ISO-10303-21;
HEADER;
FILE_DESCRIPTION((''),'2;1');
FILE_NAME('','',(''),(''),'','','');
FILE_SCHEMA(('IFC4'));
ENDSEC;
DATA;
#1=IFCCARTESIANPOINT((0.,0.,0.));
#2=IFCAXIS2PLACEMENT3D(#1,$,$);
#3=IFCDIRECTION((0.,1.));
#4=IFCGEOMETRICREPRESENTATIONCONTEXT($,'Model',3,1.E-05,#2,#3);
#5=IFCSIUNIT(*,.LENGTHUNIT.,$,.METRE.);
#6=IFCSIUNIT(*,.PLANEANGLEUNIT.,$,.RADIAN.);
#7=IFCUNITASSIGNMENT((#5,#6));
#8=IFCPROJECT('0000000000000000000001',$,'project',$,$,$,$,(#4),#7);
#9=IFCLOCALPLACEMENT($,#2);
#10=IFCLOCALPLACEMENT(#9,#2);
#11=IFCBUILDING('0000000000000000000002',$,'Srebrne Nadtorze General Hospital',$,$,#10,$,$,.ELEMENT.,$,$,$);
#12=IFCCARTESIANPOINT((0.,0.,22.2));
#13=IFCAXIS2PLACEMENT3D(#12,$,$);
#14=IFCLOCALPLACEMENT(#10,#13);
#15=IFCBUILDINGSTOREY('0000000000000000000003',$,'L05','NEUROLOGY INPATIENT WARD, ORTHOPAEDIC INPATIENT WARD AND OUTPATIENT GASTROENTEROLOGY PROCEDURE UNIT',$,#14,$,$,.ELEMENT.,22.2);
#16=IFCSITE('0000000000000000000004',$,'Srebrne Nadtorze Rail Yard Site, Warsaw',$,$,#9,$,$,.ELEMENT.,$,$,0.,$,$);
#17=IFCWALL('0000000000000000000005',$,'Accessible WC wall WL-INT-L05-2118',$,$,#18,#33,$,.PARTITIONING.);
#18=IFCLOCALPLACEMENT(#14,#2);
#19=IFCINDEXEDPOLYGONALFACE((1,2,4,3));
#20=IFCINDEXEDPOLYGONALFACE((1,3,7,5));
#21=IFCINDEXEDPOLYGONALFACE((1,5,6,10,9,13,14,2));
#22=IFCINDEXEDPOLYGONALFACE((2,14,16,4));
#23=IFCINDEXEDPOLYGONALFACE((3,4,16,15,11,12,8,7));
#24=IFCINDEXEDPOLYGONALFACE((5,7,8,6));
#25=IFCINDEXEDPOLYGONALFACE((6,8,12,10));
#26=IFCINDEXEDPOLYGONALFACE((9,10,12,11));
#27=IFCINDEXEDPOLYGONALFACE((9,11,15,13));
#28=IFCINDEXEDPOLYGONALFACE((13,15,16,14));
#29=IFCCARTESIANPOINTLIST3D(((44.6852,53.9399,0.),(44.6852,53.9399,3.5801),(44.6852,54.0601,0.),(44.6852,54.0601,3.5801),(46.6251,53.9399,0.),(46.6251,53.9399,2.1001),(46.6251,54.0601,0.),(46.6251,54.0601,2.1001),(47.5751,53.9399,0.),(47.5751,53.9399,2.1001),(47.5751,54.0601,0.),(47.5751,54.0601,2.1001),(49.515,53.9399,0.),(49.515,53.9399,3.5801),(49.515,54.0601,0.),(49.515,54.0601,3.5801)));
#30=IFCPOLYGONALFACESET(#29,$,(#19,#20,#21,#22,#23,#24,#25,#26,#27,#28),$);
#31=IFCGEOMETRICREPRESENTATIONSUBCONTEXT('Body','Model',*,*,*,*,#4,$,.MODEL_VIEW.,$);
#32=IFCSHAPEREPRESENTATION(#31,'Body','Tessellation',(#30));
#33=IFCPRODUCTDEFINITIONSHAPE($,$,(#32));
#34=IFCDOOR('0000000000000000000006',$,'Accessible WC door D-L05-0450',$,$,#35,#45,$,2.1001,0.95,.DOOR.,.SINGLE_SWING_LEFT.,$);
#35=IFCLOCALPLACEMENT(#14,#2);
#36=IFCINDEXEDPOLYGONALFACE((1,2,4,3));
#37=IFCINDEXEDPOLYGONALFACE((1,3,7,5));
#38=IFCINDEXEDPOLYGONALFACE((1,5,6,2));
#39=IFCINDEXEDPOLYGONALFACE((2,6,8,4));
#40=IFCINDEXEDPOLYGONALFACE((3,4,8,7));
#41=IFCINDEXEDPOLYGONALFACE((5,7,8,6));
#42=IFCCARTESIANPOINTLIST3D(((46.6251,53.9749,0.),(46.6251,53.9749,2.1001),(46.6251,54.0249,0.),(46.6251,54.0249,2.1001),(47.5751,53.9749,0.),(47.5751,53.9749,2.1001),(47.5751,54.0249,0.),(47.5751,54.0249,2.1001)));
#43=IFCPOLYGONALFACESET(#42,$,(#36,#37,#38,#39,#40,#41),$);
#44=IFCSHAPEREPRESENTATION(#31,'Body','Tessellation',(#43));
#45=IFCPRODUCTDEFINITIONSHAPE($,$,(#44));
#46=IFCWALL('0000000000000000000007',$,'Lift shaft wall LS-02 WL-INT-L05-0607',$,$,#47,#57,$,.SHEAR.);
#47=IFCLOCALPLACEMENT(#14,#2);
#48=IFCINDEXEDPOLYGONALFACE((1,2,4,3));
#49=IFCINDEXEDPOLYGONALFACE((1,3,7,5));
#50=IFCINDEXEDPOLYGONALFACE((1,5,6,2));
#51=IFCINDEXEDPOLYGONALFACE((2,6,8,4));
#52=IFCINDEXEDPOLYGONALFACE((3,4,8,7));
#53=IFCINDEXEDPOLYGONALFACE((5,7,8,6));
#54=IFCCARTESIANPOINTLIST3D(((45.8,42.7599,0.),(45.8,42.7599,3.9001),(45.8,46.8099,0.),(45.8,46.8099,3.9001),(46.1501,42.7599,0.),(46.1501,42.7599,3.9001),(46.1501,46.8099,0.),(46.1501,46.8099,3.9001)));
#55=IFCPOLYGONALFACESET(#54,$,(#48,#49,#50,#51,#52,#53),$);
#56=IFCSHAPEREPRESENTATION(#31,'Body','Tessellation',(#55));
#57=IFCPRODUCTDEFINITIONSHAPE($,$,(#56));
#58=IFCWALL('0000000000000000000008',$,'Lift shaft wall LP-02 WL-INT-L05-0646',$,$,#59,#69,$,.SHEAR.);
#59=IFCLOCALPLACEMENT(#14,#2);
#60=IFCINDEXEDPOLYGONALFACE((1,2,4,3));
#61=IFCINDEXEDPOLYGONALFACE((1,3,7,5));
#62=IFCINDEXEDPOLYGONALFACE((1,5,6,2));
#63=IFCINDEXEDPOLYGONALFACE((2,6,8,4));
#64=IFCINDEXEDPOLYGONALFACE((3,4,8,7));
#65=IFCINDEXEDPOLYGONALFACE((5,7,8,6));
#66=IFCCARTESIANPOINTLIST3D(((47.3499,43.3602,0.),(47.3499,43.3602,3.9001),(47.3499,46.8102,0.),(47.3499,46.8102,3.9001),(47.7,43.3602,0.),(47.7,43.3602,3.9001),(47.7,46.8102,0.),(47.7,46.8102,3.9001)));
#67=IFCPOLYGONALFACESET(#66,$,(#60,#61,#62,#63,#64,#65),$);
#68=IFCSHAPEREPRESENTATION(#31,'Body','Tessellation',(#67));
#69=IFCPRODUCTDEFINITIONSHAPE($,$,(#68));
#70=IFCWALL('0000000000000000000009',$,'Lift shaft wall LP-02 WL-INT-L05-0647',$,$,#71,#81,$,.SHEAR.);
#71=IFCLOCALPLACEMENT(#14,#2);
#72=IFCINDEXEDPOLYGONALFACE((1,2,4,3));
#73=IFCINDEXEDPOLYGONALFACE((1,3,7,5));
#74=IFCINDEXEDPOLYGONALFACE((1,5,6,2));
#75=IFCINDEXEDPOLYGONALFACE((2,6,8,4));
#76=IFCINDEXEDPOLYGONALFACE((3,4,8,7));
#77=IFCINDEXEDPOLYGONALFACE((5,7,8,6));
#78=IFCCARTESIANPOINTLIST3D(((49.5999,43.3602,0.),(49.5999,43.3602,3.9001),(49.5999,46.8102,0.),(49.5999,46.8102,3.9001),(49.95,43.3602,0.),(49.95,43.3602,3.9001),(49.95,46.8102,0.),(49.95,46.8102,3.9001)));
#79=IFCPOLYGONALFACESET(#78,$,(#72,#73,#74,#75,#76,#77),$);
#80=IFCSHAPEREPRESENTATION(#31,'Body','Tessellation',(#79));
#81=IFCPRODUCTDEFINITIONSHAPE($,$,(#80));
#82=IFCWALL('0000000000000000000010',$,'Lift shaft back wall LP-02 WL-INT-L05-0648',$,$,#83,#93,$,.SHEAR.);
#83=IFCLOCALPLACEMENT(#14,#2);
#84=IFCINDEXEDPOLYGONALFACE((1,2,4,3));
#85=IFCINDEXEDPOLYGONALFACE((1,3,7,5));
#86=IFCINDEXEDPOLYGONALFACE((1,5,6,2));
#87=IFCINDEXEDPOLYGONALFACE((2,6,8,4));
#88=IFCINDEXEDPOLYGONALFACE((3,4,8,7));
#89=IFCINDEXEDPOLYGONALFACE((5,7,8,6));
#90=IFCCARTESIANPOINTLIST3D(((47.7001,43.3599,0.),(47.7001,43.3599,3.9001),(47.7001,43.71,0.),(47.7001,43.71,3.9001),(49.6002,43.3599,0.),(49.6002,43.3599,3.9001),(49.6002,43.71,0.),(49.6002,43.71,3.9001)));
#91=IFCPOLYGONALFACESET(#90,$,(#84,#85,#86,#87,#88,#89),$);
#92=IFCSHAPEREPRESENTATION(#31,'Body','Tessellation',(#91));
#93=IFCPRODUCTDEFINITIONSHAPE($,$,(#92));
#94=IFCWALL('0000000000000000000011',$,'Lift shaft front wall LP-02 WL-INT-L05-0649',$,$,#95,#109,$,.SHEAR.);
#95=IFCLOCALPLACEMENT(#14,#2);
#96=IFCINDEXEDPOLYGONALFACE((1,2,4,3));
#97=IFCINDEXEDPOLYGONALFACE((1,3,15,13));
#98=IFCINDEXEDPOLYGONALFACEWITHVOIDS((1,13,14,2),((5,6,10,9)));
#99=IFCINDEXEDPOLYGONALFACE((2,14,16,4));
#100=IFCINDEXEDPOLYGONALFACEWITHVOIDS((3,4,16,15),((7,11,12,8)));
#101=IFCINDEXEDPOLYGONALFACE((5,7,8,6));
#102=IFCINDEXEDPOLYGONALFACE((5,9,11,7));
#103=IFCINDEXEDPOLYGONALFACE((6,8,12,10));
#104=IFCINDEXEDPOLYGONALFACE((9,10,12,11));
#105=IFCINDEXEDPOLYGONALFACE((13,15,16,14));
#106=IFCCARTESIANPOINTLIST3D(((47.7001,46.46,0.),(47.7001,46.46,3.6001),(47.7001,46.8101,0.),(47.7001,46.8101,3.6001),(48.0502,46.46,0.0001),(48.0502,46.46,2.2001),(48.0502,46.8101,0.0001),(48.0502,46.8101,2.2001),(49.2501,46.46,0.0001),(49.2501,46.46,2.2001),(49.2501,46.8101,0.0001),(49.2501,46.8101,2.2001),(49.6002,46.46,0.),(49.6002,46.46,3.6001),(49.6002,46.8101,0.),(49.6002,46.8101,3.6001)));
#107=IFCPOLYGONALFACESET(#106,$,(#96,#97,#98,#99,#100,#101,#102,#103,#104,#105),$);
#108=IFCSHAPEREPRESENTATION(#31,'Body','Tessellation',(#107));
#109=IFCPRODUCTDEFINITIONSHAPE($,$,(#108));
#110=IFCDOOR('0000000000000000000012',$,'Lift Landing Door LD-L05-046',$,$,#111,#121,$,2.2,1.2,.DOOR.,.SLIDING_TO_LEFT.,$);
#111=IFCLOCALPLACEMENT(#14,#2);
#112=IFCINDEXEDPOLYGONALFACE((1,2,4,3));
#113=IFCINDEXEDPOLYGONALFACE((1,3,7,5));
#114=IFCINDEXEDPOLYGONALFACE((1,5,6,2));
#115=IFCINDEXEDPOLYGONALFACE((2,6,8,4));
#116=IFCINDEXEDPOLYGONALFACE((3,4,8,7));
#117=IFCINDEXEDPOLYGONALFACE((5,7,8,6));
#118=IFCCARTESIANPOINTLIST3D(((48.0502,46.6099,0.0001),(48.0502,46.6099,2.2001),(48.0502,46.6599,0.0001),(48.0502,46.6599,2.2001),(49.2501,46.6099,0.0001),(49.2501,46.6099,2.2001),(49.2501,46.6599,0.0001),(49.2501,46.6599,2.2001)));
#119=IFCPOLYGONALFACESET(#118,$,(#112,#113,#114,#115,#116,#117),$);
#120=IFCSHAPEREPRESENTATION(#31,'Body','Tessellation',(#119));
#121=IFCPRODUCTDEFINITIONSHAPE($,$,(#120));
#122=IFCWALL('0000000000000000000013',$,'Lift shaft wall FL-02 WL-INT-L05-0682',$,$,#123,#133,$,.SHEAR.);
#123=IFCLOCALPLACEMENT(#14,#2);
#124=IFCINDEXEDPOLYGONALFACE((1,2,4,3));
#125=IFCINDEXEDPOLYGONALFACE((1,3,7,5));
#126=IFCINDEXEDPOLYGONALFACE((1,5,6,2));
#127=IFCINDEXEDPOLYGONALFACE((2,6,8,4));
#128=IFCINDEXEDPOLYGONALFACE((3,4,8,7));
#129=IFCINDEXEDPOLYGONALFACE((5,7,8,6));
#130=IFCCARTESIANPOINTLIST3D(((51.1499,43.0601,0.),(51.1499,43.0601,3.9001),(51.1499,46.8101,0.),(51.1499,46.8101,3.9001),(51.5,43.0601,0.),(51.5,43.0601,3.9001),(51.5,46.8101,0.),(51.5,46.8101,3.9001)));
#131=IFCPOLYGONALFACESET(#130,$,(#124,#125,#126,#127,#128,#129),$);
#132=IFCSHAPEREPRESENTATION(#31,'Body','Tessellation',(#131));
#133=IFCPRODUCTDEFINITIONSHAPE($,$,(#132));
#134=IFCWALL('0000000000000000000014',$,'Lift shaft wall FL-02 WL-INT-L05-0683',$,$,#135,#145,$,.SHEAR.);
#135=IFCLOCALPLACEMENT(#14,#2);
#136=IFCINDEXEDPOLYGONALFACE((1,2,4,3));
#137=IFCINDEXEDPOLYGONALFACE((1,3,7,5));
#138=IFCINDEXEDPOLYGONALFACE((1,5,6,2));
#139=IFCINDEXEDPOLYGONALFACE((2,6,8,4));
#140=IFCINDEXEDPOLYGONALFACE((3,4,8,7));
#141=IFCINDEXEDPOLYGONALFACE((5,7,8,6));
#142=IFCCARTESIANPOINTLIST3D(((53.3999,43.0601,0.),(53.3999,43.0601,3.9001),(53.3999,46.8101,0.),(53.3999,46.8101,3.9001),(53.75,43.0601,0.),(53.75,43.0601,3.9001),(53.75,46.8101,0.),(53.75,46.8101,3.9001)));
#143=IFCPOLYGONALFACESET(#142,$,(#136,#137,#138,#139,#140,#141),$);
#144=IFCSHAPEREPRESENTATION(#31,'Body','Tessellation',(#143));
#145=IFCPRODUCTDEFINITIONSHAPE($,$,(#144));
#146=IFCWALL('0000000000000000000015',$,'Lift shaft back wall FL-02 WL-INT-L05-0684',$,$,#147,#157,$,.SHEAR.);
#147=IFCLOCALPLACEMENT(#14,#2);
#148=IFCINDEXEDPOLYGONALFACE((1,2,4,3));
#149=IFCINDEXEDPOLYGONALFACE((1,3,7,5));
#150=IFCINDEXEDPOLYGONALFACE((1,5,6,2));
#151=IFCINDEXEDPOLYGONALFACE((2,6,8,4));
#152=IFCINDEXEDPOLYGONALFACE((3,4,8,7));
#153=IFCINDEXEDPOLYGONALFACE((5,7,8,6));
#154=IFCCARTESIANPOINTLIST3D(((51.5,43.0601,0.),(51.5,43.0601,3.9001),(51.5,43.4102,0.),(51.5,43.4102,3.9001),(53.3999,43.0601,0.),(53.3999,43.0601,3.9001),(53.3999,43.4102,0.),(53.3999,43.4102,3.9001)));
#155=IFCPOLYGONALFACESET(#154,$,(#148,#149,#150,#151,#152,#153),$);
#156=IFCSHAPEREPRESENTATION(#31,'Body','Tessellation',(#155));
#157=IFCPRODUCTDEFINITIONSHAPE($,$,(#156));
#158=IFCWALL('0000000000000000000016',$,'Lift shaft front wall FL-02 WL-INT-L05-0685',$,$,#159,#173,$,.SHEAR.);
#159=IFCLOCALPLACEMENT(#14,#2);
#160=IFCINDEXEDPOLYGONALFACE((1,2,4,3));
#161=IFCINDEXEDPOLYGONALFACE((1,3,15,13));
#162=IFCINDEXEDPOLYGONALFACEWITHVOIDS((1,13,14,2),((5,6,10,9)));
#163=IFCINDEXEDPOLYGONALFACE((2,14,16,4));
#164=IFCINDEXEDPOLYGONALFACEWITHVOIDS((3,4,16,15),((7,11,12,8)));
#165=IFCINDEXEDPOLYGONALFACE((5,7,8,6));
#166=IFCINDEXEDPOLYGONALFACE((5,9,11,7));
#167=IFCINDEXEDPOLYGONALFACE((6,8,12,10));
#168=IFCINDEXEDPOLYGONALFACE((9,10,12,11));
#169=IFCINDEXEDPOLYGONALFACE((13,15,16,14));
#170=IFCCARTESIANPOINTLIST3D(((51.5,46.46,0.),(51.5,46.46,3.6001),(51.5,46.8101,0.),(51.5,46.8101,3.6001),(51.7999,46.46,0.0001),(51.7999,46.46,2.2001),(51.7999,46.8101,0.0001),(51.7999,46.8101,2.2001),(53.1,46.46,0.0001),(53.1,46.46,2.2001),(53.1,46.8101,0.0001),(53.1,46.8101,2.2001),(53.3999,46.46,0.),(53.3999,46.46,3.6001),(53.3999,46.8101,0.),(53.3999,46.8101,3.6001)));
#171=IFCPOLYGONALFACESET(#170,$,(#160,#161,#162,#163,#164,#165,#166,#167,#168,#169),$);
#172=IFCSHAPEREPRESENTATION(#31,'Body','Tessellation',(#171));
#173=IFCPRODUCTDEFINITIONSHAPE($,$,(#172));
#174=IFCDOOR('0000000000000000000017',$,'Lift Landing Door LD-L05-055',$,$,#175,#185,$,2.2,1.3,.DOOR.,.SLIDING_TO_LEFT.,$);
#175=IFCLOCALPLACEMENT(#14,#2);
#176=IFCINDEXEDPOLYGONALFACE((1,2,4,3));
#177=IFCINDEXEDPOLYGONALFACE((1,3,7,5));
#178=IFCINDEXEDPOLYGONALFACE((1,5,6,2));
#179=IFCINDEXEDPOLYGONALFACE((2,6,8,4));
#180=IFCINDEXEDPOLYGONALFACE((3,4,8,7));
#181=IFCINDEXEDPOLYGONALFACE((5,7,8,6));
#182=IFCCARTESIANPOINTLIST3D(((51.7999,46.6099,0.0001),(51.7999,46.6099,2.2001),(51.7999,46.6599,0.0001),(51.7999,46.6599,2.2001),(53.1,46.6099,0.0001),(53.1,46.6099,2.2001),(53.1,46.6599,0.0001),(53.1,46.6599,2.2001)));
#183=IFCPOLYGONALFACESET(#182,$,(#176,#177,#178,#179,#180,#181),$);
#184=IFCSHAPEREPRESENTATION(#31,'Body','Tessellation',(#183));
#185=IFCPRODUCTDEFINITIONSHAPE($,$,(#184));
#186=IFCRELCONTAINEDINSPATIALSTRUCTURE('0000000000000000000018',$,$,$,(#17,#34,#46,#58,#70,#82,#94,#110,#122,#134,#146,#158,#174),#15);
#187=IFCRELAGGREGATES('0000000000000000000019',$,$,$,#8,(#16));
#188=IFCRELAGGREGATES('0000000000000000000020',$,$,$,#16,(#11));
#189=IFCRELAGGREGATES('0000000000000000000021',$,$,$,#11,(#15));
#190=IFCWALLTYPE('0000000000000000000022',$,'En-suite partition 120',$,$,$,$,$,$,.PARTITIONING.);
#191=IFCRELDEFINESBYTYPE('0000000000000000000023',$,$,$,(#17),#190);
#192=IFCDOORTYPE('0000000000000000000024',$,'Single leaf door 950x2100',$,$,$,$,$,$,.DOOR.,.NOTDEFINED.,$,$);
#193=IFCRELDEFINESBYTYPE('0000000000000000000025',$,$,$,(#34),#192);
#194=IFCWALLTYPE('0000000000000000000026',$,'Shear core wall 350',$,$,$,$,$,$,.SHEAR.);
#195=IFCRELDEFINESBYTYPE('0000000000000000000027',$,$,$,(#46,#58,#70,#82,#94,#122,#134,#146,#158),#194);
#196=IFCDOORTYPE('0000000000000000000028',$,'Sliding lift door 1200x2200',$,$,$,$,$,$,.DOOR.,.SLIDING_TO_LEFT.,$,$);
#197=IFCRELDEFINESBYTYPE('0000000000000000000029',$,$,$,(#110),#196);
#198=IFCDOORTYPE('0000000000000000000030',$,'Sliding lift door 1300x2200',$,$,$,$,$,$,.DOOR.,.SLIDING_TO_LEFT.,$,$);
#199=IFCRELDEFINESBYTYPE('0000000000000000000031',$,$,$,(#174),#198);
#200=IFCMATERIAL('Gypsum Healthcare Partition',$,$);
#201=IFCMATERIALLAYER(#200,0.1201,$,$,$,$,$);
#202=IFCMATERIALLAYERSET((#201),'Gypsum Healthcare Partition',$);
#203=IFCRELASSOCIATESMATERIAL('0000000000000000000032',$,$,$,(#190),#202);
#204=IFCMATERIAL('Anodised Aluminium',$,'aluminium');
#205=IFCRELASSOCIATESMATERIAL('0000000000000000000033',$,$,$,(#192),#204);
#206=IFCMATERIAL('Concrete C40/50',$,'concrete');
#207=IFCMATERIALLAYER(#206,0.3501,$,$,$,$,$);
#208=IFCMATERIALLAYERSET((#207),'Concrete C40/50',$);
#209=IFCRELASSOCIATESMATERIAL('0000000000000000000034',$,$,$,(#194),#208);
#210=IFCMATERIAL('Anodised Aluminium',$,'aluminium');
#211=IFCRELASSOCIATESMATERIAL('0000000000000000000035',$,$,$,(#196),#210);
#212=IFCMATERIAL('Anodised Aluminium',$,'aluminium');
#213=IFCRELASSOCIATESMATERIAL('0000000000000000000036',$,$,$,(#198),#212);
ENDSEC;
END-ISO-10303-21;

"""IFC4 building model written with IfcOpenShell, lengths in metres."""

from ifc_helpers import new_model, si_unit, direction, frame, frame_2d, origin, place, context, subcontext, project, spatial, rectangle, extrude, material, layer, layer_set, type_object, element, fill, save


model = new_model("IFC4")

# Units and contexts
model_context = context("Model", 3, precision=1e-05, world=origin(), true_north=direction((0.0, 1.0)))
body_context = subcontext(model_context, "Body", "Model", "MODEL_VIEW")
ifc_project = project(units=[si_unit("LENGTHUNIT", "METRE"), si_unit("PLANEANGLEUNIT", "RADIAN")], contexts=[model_context])

# Site, building, storey
site_placement = place(None, origin())
site = spatial("IfcSite", under=ifc_project, at=site_placement, Name="Srebrne Nadtorze Rail Yard Site, Warsaw", CompositionType="ELEMENT", RefElevation=0.0)
building_placement = place(site_placement, origin())
building = spatial("IfcBuilding", under=site, at=building_placement, Name="Srebrne Nadtorze General Hospital", CompositionType="ELEMENT")
storey_placement = place(building_placement, frame((0.0, 0.0, 22.2)))
storey = spatial("IfcBuildingStorey", under=building, at=storey_placement, Name="L05", Description="NEUROLOGY INPATIENT WARD, ORTHOPAEDIC INPATIENT WARD AND OUTPATIENT GASTROENTEROLOGY PROCEDURE UNIT", CompositionType="ELEMENT", Elevation=22.2)

# Wall, opening, door
ifc_material_1 = material(Name="Gypsum Healthcare Partition")
ifc_layer_1 = layer(ifc_material_1, 0.1201)
ifc_layer_set_1 = layer_set([ifc_layer_1], Name="Gypsum Healthcare Partition")
wall_type_1 = type_object("IfcWallType", Name="En-suite partition 120", PredefinedType="PARTITIONING", material=ifc_layer_set_1)
wall_1_placement = place(storey_placement, frame((44.6851, 54.0, 0.0), z_axis=(0.0, 0.0, 1.0), x_axis=(1.0, 0.0, 0.0)))
wall_1 = element("IfcWall", 1, at=wall_1_placement, inside=storey, type_object=wall_type_1, Name="Accessible WC wall WL-INT-L05-2118", PredefinedType="PARTITIONING", context=body_context, shape_type="SweptSolid", body=[
    extrude(rectangle(XDim=4.8298, YDim=0.1201, at=frame_2d((2.415, 0.0))), origin(), (0.0, 0.0, 1.0), 3.5801),
])
opening_1_placement = place(wall_1_placement, frame((1.9399, 0.0, 0.0)))
opening_1 = element("IfcOpeningElement", 2, at=opening_1_placement, cuts=wall_1, PredefinedType="OPENING", context=body_context, shape_type="SweptSolid", body=[
    extrude(rectangle(XDim=0.95, YDim=2.1001, at=frame_2d((0.4751, 1.05))), frame((0.0, 0.072, 0.0), z_axis=(0.0, -1.0, 0.0), x_axis=(1.0, 0.0, 0.0)), (0.0, 0.0, 1.0), 0.144),
])
ifc_material_2 = material(Name="Anodised Aluminium", Category="aluminium")
door_type_1 = type_object("IfcDoorType", Name="Single leaf door 950x2100", OperationType="NOTDEFINED", PredefinedType="DOOR", material=ifc_material_2)
door_1_placement = place(opening_1_placement, origin())
door_1 = element("IfcDoor", 3, at=door_1_placement, inside=storey, type_object=door_type_1, Name="Accessible WC door D-L05-0450", OperationType="SINGLE_SWING_LEFT", OverallHeight=2.1001, OverallWidth=0.95, PredefinedType="DOOR", context=body_context, shape_type="SweptSolid", body=[
    extrude(rectangle(XDim=0.95, YDim=2.1001, at=frame_2d((0.4751, 1.05))), frame((0.0, 0.0249, 0.0), z_axis=(0.0, -1.0, 0.0), x_axis=(1.0, 0.0, 0.0)), (0.0, 0.0, 1.0), 0.05),
])
fill(opening_1, door_1)

# Walls
ifc_material_3 = material(Name="Concrete C40/50", Category="concrete")
ifc_layer_2 = layer(ifc_material_3, 0.3501)
ifc_layer_set_2 = layer_set([ifc_layer_2], Name="Concrete C40/50")
wall_type_2 = type_object("IfcWallType", Name="Shear core wall 350", PredefinedType="SHEAR", material=ifc_layer_set_2)
wall_2_placement = place(storey_placement, frame((45.9751, 42.76, 0.0), z_axis=(0.0, 0.0, 1.0), x_axis=(0.0, 1.0, 0.0)))
element("IfcWall", 4, at=wall_2_placement, inside=storey, type_object=wall_type_2, Name="Lift shaft wall LS-02 WL-INT-L05-0607", PredefinedType="SHEAR", context=body_context, shape_type="SweptSolid", body=[
    extrude(rectangle(XDim=4.05, YDim=0.3501, at=frame_2d((2.0249, 0.0))), origin(), (0.0, 0.0, 1.0), 3.9001),
])
for number, where, z_axis, x_axis, name in (
    (5, (47.5249, 43.3601, 0.0), (0.0, 0.0, 1.0), (0.0, 1.0, 0.0), "Lift shaft wall LP-02 WL-INT-L05-0646"),
    (6, (49.7749, 43.3601, 0.0), (0.0, 0.0, 1.0), (0.0, 1.0, 0.0), "Lift shaft wall LP-02 WL-INT-L05-0647"),
):
    element("IfcWall", number, at=place(storey_placement, frame(where, z_axis=z_axis, x_axis=x_axis)), inside=storey, type_object=wall_type_2, Name=name, PredefinedType="SHEAR", context=body_context, shape_type="SweptSolid", body=[
        extrude(rectangle(XDim=3.45, YDim=0.3501, at=frame_2d((1.7251, 0.0))), origin(), (0.0, 0.0, 1.0), 3.9001),
    ])
wall_3_placement = place(storey_placement, frame((47.7, 43.5349, 0.0), z_axis=(0.0, 0.0, 1.0), x_axis=(1.0, 0.0, 0.0)))
element("IfcWall", 7, at=wall_3_placement, inside=storey, type_object=wall_type_2, Name="Lift shaft back wall LP-02 WL-INT-L05-0648", PredefinedType="SHEAR", context=body_context, shape_type="SweptSolid", body=[
    extrude(rectangle(XDim=1.9001, YDim=0.3501, at=frame_2d((0.9502, 0.0))), origin(), (0.0, 0.0, 1.0), 3.9001),
])

# Wall, opening, door
wall_4_placement = place(storey_placement, frame((47.7, 46.635, 0.0), z_axis=(0.0, 0.0, 1.0), x_axis=(1.0, 0.0, 0.0)))
wall_4 = element("IfcWall", 8, at=wall_4_placement, inside=storey, type_object=wall_type_2, Name="Lift shaft front wall LP-02 WL-INT-L05-0649", PredefinedType="SHEAR", context=body_context, shape_type="SweptSolid", body=[
    extrude(rectangle(XDim=1.9001, YDim=0.3501, at=frame_2d((0.9502, 0.0))), origin(), (0.0, 0.0, 1.0), 3.6001),
])
opening_2_placement = place(wall_4_placement, frame((0.3501, 0.0, 0.0)))
opening_2 = element("IfcOpeningElement", 9, at=opening_2_placement, cuts=wall_4, PredefinedType="OPENING", context=body_context, shape_type="SweptSolid", body=[
    extrude(rectangle(XDim=1.2, YDim=2.2, at=frame_2d((0.6001, 1.1001))), frame((0.0, 0.187, 0.0), z_axis=(0.0, -1.0, 0.0), x_axis=(1.0, 0.0, 0.0)), (0.0, 0.0, 1.0), 0.374),
])
ifc_material_4 = material(Name="Anodised Aluminium", Category="aluminium")
door_type_2 = type_object("IfcDoorType", Name="Sliding lift door 1200x2200", OperationType="SLIDING_TO_LEFT", PredefinedType="DOOR", material=ifc_material_4)
door_2_placement = place(opening_2_placement, origin())
door_2 = element("IfcDoor", 10, at=door_2_placement, inside=storey, type_object=door_type_2, Name="Lift Landing Door LD-L05-046", OperationType="SLIDING_TO_LEFT", OverallHeight=2.2, OverallWidth=1.2, PredefinedType="DOOR", context=body_context, shape_type="SweptSolid", body=[
    extrude(rectangle(XDim=1.2, YDim=2.2, at=frame_2d((0.6001, 1.1001))), frame((0.0, 0.0249, 0.0), z_axis=(0.0, -1.0, 0.0), x_axis=(1.0, 0.0, 0.0)), (0.0, 0.0, 1.0), 0.05),
])
fill(opening_2, door_2)

# Walls
for number, where, z_axis, x_axis, name in (
    (11, (51.325, 43.0601, 0.0), (0.0, 0.0, 1.0), (0.0, 1.0, 0.0), "Lift shaft wall FL-02 WL-INT-L05-0682"),
    (12, (53.575, 43.0601, 0.0), (0.0, 0.0, 1.0), (0.0, 1.0, 0.0), "Lift shaft wall FL-02 WL-INT-L05-0683"),
):
    element("IfcWall", number, at=place(storey_placement, frame(where, z_axis=z_axis, x_axis=x_axis)), inside=storey, type_object=wall_type_2, Name=name, PredefinedType="SHEAR", context=body_context, shape_type="SweptSolid", body=[
        extrude(rectangle(XDim=3.75, YDim=0.3501, at=frame_2d((1.875, 0.0))), origin(), (0.0, 0.0, 1.0), 3.9001),
    ])
wall_5_placement = place(storey_placement, frame((51.5, 43.2351, 0.0), z_axis=(0.0, 0.0, 1.0), x_axis=(1.0, 0.0, 0.0)))
element("IfcWall", 13, at=wall_5_placement, inside=storey, type_object=wall_type_2, Name="Lift shaft back wall FL-02 WL-INT-L05-0684", PredefinedType="SHEAR", context=body_context, shape_type="SweptSolid", body=[
    extrude(rectangle(XDim=1.8999, YDim=0.3501, at=frame_2d((0.95, 0.0))), origin(), (0.0, 0.0, 1.0), 3.9001),
])

# Wall, opening, door
wall_6_placement = place(storey_placement, frame((51.5, 46.635, 0.0), z_axis=(0.0, 0.0, 1.0), x_axis=(1.0, 0.0, 0.0)))
wall_6 = element("IfcWall", 14, at=wall_6_placement, inside=storey, type_object=wall_type_2, Name="Lift shaft front wall FL-02 WL-INT-L05-0685", PredefinedType="SHEAR", context=body_context, shape_type="SweptSolid", body=[
    extrude(rectangle(XDim=1.8999, YDim=0.3501, at=frame_2d((0.95, 0.0))), origin(), (0.0, 0.0, 1.0), 3.6001),
])
opening_3_placement = place(wall_6_placement, frame((0.3, 0.0, 0.0)))
opening_3 = element("IfcOpeningElement", 15, at=opening_3_placement, cuts=wall_6, PredefinedType="OPENING", context=body_context, shape_type="SweptSolid", body=[
    extrude(rectangle(XDim=1.3, YDim=2.2, at=frame_2d((0.6499, 1.1001))), frame((0.0, 0.187, 0.0), z_axis=(0.0, -1.0, 0.0), x_axis=(1.0, 0.0, 0.0)), (0.0, 0.0, 1.0), 0.374),
])
ifc_material_5 = material(Name="Anodised Aluminium", Category="aluminium")
door_type_3 = type_object("IfcDoorType", Name="Sliding lift door 1300x2200", OperationType="SLIDING_TO_LEFT", PredefinedType="DOOR", material=ifc_material_5)
door_3_placement = place(opening_3_placement, origin())
door_3 = element("IfcDoor", 16, at=door_3_placement, inside=storey, type_object=door_type_3, Name="Lift Landing Door LD-L05-055", OperationType="SLIDING_TO_LEFT", OverallHeight=2.2, OverallWidth=1.3, PredefinedType="DOOR", context=body_context, shape_type="SweptSolid", body=[
    extrude(rectangle(XDim=1.3, YDim=2.2, at=frame_2d((0.6499, 1.1001))), frame((0.0, 0.0249, 0.0), z_axis=(0.0, -1.0, 0.0), x_axis=(1.0, 0.0, 0.0)), (0.0, 0.0, 1.0), 0.05),
])
fill(opening_3, door_3)

save(model, "model.ifc")
